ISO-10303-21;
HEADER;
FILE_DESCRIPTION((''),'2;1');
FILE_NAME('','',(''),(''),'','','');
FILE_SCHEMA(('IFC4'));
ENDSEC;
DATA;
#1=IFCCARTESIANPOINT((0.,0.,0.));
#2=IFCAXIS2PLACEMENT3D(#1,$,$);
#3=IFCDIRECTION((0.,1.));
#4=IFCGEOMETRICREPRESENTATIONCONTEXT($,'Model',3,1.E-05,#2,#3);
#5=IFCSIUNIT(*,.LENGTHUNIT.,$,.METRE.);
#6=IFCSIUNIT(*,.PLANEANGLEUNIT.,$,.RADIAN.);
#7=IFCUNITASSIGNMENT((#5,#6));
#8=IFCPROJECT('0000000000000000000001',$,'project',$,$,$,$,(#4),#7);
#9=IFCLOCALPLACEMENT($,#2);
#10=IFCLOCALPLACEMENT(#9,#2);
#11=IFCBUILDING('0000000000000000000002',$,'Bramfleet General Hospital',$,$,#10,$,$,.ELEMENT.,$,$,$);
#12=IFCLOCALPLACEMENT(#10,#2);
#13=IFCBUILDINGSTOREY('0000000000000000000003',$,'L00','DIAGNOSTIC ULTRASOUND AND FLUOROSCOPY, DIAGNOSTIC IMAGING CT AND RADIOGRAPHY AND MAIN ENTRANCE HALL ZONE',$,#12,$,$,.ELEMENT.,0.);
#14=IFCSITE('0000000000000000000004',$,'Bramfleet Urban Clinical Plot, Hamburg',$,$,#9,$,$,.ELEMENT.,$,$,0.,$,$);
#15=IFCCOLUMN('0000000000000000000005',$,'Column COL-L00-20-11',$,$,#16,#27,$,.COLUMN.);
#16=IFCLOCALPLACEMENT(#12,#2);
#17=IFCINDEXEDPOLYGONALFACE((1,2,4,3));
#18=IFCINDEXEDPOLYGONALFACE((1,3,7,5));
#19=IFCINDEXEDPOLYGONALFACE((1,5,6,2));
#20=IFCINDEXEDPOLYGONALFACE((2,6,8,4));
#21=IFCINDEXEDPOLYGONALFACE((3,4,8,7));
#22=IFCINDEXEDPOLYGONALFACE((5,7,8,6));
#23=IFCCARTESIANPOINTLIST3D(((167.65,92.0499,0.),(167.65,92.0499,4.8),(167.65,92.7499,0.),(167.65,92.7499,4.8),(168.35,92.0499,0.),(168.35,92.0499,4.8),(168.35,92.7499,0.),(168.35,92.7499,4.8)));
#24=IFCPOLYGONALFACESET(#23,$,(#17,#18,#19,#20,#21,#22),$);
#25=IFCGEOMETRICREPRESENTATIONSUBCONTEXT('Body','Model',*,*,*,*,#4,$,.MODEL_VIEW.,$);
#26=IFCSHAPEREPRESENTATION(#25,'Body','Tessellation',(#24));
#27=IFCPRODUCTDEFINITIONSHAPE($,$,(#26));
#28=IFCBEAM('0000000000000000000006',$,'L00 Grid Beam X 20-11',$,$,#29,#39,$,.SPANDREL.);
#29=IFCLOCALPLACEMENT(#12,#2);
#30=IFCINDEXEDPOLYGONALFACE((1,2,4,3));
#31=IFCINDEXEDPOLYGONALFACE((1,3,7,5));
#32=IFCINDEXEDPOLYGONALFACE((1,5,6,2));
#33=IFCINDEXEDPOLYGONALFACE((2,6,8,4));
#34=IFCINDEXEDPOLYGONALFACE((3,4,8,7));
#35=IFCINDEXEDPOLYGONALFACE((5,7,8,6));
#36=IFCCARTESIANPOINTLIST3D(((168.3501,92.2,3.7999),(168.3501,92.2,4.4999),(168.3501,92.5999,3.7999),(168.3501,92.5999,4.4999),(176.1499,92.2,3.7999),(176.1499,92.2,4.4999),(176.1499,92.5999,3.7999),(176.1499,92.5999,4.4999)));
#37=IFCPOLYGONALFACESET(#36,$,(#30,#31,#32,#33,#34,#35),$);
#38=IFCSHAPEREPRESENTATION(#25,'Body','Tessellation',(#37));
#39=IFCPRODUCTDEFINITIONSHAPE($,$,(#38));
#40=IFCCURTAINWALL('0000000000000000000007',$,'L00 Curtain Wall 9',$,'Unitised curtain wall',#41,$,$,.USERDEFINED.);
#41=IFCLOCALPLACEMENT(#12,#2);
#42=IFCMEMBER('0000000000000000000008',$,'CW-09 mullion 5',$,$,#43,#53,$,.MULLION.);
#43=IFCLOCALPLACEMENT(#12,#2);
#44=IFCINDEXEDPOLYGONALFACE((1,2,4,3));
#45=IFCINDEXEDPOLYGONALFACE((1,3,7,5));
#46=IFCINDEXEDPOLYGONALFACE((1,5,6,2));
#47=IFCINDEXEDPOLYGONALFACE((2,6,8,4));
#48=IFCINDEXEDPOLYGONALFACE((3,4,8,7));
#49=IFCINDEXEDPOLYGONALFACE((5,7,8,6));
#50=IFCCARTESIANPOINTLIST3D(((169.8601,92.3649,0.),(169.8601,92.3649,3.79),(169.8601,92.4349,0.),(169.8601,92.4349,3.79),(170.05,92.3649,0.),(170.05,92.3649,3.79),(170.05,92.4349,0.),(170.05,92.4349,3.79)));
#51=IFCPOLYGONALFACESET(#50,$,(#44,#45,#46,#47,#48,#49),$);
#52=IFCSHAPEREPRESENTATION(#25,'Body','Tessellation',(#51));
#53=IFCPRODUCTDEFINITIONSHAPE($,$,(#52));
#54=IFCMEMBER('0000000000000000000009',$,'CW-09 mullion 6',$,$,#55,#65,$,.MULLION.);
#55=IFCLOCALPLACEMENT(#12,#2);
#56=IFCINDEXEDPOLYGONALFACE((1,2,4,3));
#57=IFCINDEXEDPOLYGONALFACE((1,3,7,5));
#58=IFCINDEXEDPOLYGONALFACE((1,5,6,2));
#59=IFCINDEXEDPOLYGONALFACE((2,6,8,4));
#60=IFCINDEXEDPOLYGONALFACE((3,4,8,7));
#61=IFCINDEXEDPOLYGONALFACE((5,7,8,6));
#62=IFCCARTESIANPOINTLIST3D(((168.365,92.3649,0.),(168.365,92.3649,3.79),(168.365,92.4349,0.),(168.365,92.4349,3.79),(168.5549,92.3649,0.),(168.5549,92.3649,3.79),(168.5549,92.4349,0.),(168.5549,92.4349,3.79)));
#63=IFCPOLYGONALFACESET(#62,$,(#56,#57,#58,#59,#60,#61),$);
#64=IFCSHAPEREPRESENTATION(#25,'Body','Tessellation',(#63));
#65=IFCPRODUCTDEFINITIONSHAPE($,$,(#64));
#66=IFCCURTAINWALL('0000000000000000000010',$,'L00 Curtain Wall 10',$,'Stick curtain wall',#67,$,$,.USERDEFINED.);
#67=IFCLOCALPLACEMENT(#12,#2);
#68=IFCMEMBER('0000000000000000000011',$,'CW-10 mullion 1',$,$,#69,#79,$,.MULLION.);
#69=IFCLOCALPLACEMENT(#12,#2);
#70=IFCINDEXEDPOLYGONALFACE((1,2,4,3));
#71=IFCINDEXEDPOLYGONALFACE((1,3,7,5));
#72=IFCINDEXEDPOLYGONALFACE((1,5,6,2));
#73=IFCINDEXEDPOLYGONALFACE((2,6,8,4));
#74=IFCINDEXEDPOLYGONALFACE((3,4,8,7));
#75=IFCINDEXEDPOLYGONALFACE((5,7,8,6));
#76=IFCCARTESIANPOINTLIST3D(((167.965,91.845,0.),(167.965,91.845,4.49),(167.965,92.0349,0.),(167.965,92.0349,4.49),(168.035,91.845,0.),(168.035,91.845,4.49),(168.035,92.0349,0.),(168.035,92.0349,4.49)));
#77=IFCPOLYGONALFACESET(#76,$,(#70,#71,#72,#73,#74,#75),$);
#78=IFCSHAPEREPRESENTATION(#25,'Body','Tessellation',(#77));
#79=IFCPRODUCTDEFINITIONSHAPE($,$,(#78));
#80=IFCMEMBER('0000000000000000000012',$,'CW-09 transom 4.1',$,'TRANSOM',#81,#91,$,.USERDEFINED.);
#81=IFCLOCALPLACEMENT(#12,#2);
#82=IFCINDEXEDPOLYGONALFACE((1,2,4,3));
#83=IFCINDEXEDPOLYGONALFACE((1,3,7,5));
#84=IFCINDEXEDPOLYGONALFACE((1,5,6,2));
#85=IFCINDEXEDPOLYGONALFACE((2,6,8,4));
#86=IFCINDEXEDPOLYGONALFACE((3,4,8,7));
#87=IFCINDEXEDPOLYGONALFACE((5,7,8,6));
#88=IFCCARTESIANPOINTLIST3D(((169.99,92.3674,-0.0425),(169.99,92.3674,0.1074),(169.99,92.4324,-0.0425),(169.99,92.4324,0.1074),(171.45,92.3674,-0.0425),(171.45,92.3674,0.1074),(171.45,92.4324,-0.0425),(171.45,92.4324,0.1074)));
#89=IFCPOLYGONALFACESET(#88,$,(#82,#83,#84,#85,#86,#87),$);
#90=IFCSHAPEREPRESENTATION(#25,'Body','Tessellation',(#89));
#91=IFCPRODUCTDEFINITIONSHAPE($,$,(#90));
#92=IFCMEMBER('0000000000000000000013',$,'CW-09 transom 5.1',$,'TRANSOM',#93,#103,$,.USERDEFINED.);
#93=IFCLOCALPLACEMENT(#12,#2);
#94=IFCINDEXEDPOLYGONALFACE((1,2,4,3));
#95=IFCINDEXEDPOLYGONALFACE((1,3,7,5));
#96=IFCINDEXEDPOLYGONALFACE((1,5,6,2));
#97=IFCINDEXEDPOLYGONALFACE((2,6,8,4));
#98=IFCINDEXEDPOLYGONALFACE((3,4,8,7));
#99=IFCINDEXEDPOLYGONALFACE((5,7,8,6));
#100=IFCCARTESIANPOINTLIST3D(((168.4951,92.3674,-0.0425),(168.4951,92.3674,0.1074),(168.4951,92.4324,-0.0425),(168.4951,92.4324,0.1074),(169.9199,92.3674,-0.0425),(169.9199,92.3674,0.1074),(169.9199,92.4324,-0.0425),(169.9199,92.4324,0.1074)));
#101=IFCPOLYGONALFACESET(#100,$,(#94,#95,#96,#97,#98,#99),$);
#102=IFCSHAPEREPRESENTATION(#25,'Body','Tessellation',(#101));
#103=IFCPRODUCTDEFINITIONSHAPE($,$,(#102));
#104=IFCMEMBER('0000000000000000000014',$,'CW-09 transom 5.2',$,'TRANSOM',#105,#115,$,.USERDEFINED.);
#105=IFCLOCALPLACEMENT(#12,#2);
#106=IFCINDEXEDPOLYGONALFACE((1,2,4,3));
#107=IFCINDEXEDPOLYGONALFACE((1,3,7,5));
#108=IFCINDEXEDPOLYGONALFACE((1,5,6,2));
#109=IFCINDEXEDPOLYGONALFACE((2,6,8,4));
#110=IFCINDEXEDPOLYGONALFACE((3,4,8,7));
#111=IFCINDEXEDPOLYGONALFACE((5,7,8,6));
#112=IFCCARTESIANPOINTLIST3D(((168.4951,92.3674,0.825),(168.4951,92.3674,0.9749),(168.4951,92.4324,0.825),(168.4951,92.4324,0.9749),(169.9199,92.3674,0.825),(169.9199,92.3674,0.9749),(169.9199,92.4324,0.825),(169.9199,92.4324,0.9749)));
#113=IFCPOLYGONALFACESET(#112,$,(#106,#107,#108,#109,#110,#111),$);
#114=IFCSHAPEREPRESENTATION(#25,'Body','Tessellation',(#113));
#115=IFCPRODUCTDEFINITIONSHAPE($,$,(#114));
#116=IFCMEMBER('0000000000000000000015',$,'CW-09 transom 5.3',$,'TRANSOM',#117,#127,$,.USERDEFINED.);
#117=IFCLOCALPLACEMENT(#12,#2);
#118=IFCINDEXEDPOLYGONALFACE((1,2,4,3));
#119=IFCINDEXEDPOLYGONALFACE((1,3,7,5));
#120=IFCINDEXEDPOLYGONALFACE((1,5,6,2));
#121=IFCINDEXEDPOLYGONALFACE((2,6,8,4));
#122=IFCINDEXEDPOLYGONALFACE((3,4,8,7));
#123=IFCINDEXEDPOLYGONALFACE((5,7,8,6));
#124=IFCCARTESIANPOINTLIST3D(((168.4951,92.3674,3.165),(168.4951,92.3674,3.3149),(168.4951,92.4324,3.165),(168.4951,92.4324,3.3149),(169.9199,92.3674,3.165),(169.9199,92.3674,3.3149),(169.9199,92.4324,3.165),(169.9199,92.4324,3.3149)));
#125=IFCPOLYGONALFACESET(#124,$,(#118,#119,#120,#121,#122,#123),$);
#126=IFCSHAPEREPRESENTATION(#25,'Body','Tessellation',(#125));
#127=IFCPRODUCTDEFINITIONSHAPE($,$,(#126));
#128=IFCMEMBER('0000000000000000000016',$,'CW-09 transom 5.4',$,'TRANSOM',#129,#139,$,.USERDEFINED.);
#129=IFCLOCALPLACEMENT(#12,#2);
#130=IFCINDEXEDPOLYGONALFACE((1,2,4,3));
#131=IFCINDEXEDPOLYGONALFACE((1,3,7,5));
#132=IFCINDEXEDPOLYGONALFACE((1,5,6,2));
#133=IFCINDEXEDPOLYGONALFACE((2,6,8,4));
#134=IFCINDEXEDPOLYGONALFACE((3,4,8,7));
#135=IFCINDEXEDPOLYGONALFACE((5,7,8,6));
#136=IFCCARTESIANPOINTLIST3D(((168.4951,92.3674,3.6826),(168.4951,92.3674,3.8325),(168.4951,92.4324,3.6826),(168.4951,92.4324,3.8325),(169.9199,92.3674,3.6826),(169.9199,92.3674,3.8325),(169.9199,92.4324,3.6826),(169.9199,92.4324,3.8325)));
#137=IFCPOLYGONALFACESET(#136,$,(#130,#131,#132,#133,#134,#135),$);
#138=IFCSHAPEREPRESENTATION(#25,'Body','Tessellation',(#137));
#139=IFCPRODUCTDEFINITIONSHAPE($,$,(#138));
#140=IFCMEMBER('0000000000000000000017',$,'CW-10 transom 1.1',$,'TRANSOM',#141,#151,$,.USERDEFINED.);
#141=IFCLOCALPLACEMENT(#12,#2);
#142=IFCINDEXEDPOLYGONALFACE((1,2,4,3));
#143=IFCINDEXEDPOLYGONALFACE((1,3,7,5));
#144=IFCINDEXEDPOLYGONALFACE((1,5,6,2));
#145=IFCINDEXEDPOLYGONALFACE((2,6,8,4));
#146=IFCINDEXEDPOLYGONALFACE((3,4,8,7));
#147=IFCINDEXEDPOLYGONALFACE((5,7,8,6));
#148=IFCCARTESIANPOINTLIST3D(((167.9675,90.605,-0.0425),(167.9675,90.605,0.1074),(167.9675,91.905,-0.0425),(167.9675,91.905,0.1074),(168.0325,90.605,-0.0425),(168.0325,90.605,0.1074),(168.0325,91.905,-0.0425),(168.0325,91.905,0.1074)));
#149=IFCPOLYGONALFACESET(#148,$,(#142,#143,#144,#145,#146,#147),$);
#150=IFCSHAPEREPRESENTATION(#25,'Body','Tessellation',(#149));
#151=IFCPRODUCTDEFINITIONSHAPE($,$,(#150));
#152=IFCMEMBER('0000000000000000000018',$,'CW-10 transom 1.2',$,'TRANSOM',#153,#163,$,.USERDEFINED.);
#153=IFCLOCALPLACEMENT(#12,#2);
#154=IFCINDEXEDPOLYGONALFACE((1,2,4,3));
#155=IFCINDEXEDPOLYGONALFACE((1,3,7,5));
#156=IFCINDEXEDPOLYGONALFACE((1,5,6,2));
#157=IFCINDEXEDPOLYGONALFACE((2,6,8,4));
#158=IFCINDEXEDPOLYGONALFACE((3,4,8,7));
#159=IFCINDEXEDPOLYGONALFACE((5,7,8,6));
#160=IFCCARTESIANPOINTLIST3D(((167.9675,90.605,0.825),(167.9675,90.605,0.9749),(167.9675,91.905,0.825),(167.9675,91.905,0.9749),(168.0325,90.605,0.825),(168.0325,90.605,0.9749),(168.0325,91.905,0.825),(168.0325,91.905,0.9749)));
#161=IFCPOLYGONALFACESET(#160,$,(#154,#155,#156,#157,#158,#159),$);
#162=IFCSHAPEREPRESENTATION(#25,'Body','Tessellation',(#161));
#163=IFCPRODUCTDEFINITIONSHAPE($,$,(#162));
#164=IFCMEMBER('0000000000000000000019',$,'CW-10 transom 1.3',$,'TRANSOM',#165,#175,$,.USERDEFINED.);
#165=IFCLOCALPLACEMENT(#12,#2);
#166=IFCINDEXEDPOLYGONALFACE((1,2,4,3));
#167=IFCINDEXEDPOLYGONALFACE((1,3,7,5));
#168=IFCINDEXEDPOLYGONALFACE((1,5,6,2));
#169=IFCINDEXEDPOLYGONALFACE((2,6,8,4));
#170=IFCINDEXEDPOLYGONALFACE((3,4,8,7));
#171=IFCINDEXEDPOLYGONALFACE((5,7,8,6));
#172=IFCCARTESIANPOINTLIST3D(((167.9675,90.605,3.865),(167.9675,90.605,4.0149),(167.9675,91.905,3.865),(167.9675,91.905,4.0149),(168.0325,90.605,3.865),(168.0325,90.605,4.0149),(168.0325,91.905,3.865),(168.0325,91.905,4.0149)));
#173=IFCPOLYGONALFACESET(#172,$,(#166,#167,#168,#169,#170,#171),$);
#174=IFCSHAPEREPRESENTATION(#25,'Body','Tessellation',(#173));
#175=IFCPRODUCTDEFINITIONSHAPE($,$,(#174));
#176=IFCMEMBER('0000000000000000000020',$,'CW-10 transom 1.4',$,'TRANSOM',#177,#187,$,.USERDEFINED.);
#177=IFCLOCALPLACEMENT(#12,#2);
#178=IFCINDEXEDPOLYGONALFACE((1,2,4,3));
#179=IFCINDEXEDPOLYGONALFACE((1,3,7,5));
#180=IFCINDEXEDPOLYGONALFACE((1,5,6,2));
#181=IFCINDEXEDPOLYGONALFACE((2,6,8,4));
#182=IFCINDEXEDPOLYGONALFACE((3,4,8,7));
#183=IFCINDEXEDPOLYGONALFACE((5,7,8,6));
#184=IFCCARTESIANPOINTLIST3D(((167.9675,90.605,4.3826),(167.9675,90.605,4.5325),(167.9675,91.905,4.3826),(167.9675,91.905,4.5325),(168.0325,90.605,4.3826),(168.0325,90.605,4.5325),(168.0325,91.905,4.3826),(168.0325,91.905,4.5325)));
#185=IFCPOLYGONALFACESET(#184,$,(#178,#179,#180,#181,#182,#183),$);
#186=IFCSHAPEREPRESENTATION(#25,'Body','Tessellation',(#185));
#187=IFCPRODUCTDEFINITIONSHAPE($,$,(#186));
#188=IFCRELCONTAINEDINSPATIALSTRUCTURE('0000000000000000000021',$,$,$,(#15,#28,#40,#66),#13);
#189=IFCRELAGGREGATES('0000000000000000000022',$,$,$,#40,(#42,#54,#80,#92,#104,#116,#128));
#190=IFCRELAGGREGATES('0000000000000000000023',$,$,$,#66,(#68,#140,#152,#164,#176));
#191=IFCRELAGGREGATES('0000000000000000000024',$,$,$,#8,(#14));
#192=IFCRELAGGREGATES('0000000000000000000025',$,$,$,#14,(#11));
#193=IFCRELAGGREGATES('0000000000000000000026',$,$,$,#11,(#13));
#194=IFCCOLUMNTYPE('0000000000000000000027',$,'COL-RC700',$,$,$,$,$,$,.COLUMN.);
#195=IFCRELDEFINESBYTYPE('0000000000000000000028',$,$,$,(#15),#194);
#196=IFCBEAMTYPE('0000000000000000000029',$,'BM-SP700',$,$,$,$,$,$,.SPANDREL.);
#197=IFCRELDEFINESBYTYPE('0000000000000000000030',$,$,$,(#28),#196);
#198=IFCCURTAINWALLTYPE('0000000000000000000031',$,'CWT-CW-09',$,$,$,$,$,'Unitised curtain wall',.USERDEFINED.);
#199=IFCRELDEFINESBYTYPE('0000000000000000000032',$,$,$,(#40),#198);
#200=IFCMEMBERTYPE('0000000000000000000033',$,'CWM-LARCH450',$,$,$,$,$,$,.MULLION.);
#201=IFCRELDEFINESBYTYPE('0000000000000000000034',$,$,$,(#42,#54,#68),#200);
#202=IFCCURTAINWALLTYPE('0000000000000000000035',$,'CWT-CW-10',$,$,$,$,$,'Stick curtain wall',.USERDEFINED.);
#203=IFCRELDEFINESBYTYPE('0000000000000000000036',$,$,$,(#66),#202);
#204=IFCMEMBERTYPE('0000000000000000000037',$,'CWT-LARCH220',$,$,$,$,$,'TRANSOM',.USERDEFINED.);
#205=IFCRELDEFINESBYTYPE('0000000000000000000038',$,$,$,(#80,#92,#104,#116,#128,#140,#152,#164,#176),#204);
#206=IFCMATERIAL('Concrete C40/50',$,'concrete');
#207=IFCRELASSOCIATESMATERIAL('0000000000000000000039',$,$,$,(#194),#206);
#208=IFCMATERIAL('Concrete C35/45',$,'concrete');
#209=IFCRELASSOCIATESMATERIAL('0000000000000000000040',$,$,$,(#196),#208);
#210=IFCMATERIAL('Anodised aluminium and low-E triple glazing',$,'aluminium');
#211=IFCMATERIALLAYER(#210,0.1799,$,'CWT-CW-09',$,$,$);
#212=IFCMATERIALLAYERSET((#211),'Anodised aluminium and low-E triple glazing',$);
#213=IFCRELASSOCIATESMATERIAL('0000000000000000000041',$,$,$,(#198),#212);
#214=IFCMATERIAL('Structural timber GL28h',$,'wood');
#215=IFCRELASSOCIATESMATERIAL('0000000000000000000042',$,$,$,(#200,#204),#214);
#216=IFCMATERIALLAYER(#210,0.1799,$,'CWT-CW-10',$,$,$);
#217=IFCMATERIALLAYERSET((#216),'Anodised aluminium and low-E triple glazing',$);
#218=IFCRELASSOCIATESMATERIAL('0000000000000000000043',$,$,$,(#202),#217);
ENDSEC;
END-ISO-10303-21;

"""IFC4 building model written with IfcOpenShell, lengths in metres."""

from ifc_helpers import new_model, si_unit, direction, frame, origin, origin_2d, place, context, subcontext, project, spatial, rectangle, extrude, material, layer, layer_set, material_profile, profile_set, type_object, element, aggregate, save


model = new_model("IFC4")

# Units and contexts
model_context = context("Model", 3, precision=1e-05, world=origin(), true_north=direction((0.0, 1.0)))
body_context = subcontext(model_context, "Body", "Model", "MODEL_VIEW")
ifc_project = project(units=[si_unit("LENGTHUNIT", "METRE"), si_unit("PLANEANGLEUNIT", "RADIAN")], contexts=[model_context])

# Site, building, storey
site_placement = place(None, origin())
site = spatial("IfcSite", under=ifc_project, at=site_placement, Name="Bramfleet Urban Clinical Plot, Hamburg", CompositionType="ELEMENT", RefElevation=0.0)
building_placement = place(site_placement, origin())
building = spatial("IfcBuilding", under=site, at=building_placement, Name="Bramfleet General Hospital", CompositionType="ELEMENT")
storey_placement = place(building_placement, origin())
storey = spatial("IfcBuildingStorey", under=building, at=storey_placement, Name="L00", Description="DIAGNOSTIC ULTRASOUND AND FLUOROSCOPY, DIAGNOSTIC IMAGING CT AND RADIOGRAPHY AND MAIN ENTRANCE HALL ZONE", CompositionType="ELEMENT", Elevation=0.0)

# Column
ifc_material_1 = material(Name="Concrete C40/50", Category="concrete")
ifc_material_profile_1 = material_profile(ifc_material_1, rectangle(XDim=0.7, YDim=0.7, at=origin_2d()), Name="RC COL 700x700")
ifc_profile_set_1 = profile_set([ifc_material_profile_1], Name="Concrete C40/50")
column_type = type_object("IfcColumnType", Name="COL-RC700", PredefinedType="COLUMN", material=ifc_profile_set_1)
column_placement = place(storey_placement, frame((168.0, 92.3999, 0.0), z_axis=(0.0, 0.0, 1.0), x_axis=(1.0, 0.0, 0.0)))
element("IfcColumn", 1, at=column_placement, inside=storey, type_object=column_type, Name="Column COL-L00-20-11", PredefinedType="COLUMN", context=body_context, shape_type="SweptSolid", body=[
    extrude(rectangle(XDim=0.7, YDim=0.7, at=origin_2d()), origin(), (0.0, 0.0, 1.0), 4.8),
])

# Beam
ifc_material_2 = material(Name="Concrete C35/45", Category="concrete")
ifc_material_profile_2 = material_profile(ifc_material_2, rectangle(XDim=0.3999, YDim=0.7, at=origin_2d()), Name="RC SP 700x400")
ifc_profile_set_2 = profile_set([ifc_material_profile_2], Name="Concrete C35/45")
beam_type = type_object("IfcBeamType", Name="BM-SP700", PredefinedType="SPANDREL", material=ifc_profile_set_2)
beam_placement = place(storey_placement, frame((168.3501, 92.3999, 4.1499), z_axis=(1.0, 0.0, 0.0), x_axis=(0.0, 1.0, 0.0)))
element("IfcBeam", 2, at=beam_placement, inside=storey, type_object=beam_type, Name="L00 Grid Beam X 20-11", PredefinedType="SPANDREL", context=body_context, shape_type="SweptSolid", body=[
    extrude(rectangle(XDim=0.3999, YDim=0.7, at=origin_2d()), origin(), (0.0, 0.0, 1.0), 7.7998),
])

# Curtain wall, members
ifc_material_3 = material(Name="Anodised aluminium and low-E triple glazing", Category="aluminium")
ifc_layer_1 = layer(ifc_material_3, 0.1799, Name="CWT-CW-09")
ifc_layer_set_1 = layer_set([ifc_layer_1], Name="Anodised aluminium and low-E triple glazing")
curtain_wall_type_1 = type_object("IfcCurtainWallType", Name="CWT-CW-09", ElementType="Unitised curtain wall", PredefinedType="USERDEFINED", material=ifc_layer_set_1)
curtain_wall_1_placement = place(storey_placement, origin())
curtain_wall_1 = element("IfcCurtainWall", 3, at=curtain_wall_1_placement, inside=storey, type_object=curtain_wall_type_1, Name="L00 Curtain Wall 9", ObjectType="Unitised curtain wall", PredefinedType="USERDEFINED")
ifc_material_4 = material(Name="Structural timber GL28h", Category="wood")
ifc_material_profile_3 = material_profile(ifc_material_4, rectangle(XDim=0.0701, YDim=0.1899, at=origin_2d()), Name="LARCH 190x70")
ifc_profile_set_3 = profile_set([ifc_material_profile_3], Name="Structural timber GL28h")
member_type_1 = type_object("IfcMemberType", Name="CWM-LARCH450", PredefinedType="MULLION", material=ifc_profile_set_3)
member_1_placement = place(storey_placement, frame((169.9551, 92.3999, 0.0), z_axis=(0.0, 0.0, 1.0), x_axis=(0.0, -1.0, 0.0)))
member_1 = element("IfcMember", 4, at=member_1_placement, type_object=member_type_1, Name="CW-09 mullion 5", PredefinedType="MULLION", context=body_context, shape_type="SweptSolid", body=[
    extrude(rectangle(XDim=0.0701, YDim=0.1899, at=origin_2d()), origin(), (0.0, 0.0, 1.0), 3.79),
])
member_2_placement = place(storey_placement, frame((168.46, 92.3999, 0.0), z_axis=(0.0, 0.0, 1.0), x_axis=(0.0, -1.0, 0.0)))
member_2 = element("IfcMember", 5, at=member_2_placement, type_object=member_type_1, Name="CW-09 mullion 6", PredefinedType="MULLION", context=body_context, shape_type="SweptSolid", body=[
    extrude(rectangle(XDim=0.0701, YDim=0.1899, at=origin_2d()), origin(), (0.0, 0.0, 1.0), 3.79),
])

# Curtain wall, member
ifc_layer_2 = layer(ifc_material_3, 0.1799, Name="CWT-CW-10")
ifc_layer_set_2 = layer_set([ifc_layer_2], Name="Anodised aluminium and low-E triple glazing")
curtain_wall_type_2 = type_object("IfcCurtainWallType", Name="CWT-CW-10", ElementType="Stick curtain wall", PredefinedType="USERDEFINED", material=ifc_layer_set_2)
curtain_wall_2_placement = place(storey_placement, origin())
curtain_wall_2 = element("IfcCurtainWall", 6, at=curtain_wall_2_placement, inside=storey, type_object=curtain_wall_type_2, Name="L00 Curtain Wall 10", ObjectType="Stick curtain wall", PredefinedType="USERDEFINED")
member_3_placement = place(storey_placement, frame((168.0, 91.9399, 0.0), z_axis=(0.0, 0.0, 1.0), x_axis=(1.0, 0.0, 0.0)))
member_3 = element("IfcMember", 7, at=member_3_placement, type_object=member_type_1, Name="CW-10 mullion 1", PredefinedType="MULLION", context=body_context, shape_type="SweptSolid", body=[
    extrude(rectangle(XDim=0.0701, YDim=0.1899, at=origin_2d()), origin(), (0.0, 0.0, 1.0), 4.49),
])

# Members
ifc_material_profile_4 = material_profile(ifc_material_4, rectangle(XDim=0.0649, YDim=0.1499, at=origin_2d()), Name="LARCH 150x65")
ifc_profile_set_4 = profile_set([ifc_material_profile_4], Name="Structural timber GL28h")
member_type_2 = type_object("IfcMemberType", Name="CWT-LARCH220", ElementType="TRANSOM", PredefinedType="USERDEFINED", material=ifc_profile_set_4)
member_4_placement = place(storey_placement, frame((171.45, 92.3999, 0.0325), z_axis=(-1.0, 0.0, 0.0), x_axis=(0.0, -1.0, 0.0)))
member_4 = element("IfcMember", 8, at=member_4_placement, type_object=member_type_2, Name="CW-09 transom 4.1", ObjectType="TRANSOM", PredefinedType="USERDEFINED", context=body_context, shape_type="SweptSolid", body=[
    extrude(rectangle(XDim=0.0649, YDim=0.1499, at=origin_2d()), origin(), (0.0, 0.0, 1.0), 1.46),
])
member_5_placement = place(storey_placement, frame((169.9199, 92.3999, 0.0325), z_axis=(-1.0, 0.0, 0.0), x_axis=(0.0, -1.0, 0.0)))
member_5 = element("IfcMember", 9, at=member_5_placement, type_object=member_type_2, Name="CW-09 transom 5.1", ObjectType="TRANSOM", PredefinedType="USERDEFINED", context=body_context, shape_type="SweptSolid", body=[
    extrude(rectangle(XDim=0.0649, YDim=0.1499, at=origin_2d()), origin(), (0.0, 0.0, 1.0), 1.4248),
])
member_6_placement = place(storey_placement, frame((169.9199, 92.3999, 0.8999), z_axis=(-1.0, 0.0, 0.0), x_axis=(0.0, -1.0, 0.0)))
member_6 = element("IfcMember", 10, at=member_6_placement, type_object=member_type_2, Name="CW-09 transom 5.2", ObjectType="TRANSOM", PredefinedType="USERDEFINED", context=body_context, shape_type="SweptSolid", body=[
    extrude(rectangle(XDim=0.0649, YDim=0.1499, at=origin_2d()), origin(), (0.0, 0.0, 1.0), 1.4248),
])
member_7_placement = place(storey_placement, frame((169.9199, 92.3999, 3.24), z_axis=(-1.0, 0.0, 0.0), x_axis=(0.0, -1.0, 0.0)))
member_7 = element("IfcMember", 11, at=member_7_placement, type_object=member_type_2, Name="CW-09 transom 5.3", ObjectType="TRANSOM", PredefinedType="USERDEFINED", context=body_context, shape_type="SweptSolid", body=[
    extrude(rectangle(XDim=0.0649, YDim=0.1499, at=origin_2d()), origin(), (0.0, 0.0, 1.0), 1.4248),
])
member_8_placement = place(storey_placement, frame((169.9199, 92.3999, 3.7576), z_axis=(-1.0, 0.0, 0.0), x_axis=(0.0, -1.0, 0.0)))
member_8 = element("IfcMember", 12, at=member_8_placement, type_object=member_type_2, Name="CW-09 transom 5.4", ObjectType="TRANSOM", PredefinedType="USERDEFINED", context=body_context, shape_type="SweptSolid", body=[
    extrude(rectangle(XDim=0.0649, YDim=0.1499, at=origin_2d()), origin(), (0.0, 0.0, 1.0), 1.4248),
])
member_9_placement = place(storey_placement, frame((168.0, 91.905, 0.0325), z_axis=(0.0, -1.0, 0.0), x_axis=(1.0, 0.0, 0.0)))
member_9 = element("IfcMember", 13, at=member_9_placement, type_object=member_type_2, Name="CW-10 transom 1.1", ObjectType="TRANSOM", PredefinedType="USERDEFINED", context=body_context, shape_type="SweptSolid", body=[
    extrude(rectangle(XDim=0.0649, YDim=0.1499, at=origin_2d()), origin(), (0.0, 0.0, 1.0), 1.3),
])
member_10_placement = place(storey_placement, frame((168.0, 91.905, 0.8999), z_axis=(0.0, -1.0, 0.0), x_axis=(1.0, 0.0, 0.0)))
member_10 = element("IfcMember", 14, at=member_10_placement, type_object=member_type_2, Name="CW-10 transom 1.2", ObjectType="TRANSOM", PredefinedType="USERDEFINED", context=body_context, shape_type="SweptSolid", body=[
    extrude(rectangle(XDim=0.0649, YDim=0.1499, at=origin_2d()), origin(), (0.0, 0.0, 1.0), 1.3),
])
member_11_placement = place(storey_placement, frame((168.0, 91.905, 3.9399), z_axis=(0.0, -1.0, 0.0), x_axis=(1.0, 0.0, 0.0)))
member_11 = element("IfcMember", 15, at=member_11_placement, type_object=member_type_2, Name="CW-10 transom 1.3", ObjectType="TRANSOM", PredefinedType="USERDEFINED", context=body_context, shape_type="SweptSolid", body=[
    extrude(rectangle(XDim=0.0649, YDim=0.1499, at=origin_2d()), origin(), (0.0, 0.0, 1.0), 1.3),
])
member_12_placement = place(storey_placement, frame((168.0, 91.905, 4.4575), z_axis=(0.0, -1.0, 0.0), x_axis=(1.0, 0.0, 0.0)))
member_12 = element("IfcMember", 16, at=member_12_placement, type_object=member_type_2, Name="CW-10 transom 1.4", ObjectType="TRANSOM", PredefinedType="USERDEFINED", context=body_context, shape_type="SweptSolid", body=[
    extrude(rectangle(XDim=0.0649, YDim=0.1499, at=origin_2d()), origin(), (0.0, 0.0, 1.0), 1.3),
])

aggregate(curtain_wall_1, [member_1, member_2, member_4, member_5, member_6, member_7, member_8])
aggregate(curtain_wall_2, [member_3, member_9, member_10, member_11, member_12])

save(model, "model.ifc")
